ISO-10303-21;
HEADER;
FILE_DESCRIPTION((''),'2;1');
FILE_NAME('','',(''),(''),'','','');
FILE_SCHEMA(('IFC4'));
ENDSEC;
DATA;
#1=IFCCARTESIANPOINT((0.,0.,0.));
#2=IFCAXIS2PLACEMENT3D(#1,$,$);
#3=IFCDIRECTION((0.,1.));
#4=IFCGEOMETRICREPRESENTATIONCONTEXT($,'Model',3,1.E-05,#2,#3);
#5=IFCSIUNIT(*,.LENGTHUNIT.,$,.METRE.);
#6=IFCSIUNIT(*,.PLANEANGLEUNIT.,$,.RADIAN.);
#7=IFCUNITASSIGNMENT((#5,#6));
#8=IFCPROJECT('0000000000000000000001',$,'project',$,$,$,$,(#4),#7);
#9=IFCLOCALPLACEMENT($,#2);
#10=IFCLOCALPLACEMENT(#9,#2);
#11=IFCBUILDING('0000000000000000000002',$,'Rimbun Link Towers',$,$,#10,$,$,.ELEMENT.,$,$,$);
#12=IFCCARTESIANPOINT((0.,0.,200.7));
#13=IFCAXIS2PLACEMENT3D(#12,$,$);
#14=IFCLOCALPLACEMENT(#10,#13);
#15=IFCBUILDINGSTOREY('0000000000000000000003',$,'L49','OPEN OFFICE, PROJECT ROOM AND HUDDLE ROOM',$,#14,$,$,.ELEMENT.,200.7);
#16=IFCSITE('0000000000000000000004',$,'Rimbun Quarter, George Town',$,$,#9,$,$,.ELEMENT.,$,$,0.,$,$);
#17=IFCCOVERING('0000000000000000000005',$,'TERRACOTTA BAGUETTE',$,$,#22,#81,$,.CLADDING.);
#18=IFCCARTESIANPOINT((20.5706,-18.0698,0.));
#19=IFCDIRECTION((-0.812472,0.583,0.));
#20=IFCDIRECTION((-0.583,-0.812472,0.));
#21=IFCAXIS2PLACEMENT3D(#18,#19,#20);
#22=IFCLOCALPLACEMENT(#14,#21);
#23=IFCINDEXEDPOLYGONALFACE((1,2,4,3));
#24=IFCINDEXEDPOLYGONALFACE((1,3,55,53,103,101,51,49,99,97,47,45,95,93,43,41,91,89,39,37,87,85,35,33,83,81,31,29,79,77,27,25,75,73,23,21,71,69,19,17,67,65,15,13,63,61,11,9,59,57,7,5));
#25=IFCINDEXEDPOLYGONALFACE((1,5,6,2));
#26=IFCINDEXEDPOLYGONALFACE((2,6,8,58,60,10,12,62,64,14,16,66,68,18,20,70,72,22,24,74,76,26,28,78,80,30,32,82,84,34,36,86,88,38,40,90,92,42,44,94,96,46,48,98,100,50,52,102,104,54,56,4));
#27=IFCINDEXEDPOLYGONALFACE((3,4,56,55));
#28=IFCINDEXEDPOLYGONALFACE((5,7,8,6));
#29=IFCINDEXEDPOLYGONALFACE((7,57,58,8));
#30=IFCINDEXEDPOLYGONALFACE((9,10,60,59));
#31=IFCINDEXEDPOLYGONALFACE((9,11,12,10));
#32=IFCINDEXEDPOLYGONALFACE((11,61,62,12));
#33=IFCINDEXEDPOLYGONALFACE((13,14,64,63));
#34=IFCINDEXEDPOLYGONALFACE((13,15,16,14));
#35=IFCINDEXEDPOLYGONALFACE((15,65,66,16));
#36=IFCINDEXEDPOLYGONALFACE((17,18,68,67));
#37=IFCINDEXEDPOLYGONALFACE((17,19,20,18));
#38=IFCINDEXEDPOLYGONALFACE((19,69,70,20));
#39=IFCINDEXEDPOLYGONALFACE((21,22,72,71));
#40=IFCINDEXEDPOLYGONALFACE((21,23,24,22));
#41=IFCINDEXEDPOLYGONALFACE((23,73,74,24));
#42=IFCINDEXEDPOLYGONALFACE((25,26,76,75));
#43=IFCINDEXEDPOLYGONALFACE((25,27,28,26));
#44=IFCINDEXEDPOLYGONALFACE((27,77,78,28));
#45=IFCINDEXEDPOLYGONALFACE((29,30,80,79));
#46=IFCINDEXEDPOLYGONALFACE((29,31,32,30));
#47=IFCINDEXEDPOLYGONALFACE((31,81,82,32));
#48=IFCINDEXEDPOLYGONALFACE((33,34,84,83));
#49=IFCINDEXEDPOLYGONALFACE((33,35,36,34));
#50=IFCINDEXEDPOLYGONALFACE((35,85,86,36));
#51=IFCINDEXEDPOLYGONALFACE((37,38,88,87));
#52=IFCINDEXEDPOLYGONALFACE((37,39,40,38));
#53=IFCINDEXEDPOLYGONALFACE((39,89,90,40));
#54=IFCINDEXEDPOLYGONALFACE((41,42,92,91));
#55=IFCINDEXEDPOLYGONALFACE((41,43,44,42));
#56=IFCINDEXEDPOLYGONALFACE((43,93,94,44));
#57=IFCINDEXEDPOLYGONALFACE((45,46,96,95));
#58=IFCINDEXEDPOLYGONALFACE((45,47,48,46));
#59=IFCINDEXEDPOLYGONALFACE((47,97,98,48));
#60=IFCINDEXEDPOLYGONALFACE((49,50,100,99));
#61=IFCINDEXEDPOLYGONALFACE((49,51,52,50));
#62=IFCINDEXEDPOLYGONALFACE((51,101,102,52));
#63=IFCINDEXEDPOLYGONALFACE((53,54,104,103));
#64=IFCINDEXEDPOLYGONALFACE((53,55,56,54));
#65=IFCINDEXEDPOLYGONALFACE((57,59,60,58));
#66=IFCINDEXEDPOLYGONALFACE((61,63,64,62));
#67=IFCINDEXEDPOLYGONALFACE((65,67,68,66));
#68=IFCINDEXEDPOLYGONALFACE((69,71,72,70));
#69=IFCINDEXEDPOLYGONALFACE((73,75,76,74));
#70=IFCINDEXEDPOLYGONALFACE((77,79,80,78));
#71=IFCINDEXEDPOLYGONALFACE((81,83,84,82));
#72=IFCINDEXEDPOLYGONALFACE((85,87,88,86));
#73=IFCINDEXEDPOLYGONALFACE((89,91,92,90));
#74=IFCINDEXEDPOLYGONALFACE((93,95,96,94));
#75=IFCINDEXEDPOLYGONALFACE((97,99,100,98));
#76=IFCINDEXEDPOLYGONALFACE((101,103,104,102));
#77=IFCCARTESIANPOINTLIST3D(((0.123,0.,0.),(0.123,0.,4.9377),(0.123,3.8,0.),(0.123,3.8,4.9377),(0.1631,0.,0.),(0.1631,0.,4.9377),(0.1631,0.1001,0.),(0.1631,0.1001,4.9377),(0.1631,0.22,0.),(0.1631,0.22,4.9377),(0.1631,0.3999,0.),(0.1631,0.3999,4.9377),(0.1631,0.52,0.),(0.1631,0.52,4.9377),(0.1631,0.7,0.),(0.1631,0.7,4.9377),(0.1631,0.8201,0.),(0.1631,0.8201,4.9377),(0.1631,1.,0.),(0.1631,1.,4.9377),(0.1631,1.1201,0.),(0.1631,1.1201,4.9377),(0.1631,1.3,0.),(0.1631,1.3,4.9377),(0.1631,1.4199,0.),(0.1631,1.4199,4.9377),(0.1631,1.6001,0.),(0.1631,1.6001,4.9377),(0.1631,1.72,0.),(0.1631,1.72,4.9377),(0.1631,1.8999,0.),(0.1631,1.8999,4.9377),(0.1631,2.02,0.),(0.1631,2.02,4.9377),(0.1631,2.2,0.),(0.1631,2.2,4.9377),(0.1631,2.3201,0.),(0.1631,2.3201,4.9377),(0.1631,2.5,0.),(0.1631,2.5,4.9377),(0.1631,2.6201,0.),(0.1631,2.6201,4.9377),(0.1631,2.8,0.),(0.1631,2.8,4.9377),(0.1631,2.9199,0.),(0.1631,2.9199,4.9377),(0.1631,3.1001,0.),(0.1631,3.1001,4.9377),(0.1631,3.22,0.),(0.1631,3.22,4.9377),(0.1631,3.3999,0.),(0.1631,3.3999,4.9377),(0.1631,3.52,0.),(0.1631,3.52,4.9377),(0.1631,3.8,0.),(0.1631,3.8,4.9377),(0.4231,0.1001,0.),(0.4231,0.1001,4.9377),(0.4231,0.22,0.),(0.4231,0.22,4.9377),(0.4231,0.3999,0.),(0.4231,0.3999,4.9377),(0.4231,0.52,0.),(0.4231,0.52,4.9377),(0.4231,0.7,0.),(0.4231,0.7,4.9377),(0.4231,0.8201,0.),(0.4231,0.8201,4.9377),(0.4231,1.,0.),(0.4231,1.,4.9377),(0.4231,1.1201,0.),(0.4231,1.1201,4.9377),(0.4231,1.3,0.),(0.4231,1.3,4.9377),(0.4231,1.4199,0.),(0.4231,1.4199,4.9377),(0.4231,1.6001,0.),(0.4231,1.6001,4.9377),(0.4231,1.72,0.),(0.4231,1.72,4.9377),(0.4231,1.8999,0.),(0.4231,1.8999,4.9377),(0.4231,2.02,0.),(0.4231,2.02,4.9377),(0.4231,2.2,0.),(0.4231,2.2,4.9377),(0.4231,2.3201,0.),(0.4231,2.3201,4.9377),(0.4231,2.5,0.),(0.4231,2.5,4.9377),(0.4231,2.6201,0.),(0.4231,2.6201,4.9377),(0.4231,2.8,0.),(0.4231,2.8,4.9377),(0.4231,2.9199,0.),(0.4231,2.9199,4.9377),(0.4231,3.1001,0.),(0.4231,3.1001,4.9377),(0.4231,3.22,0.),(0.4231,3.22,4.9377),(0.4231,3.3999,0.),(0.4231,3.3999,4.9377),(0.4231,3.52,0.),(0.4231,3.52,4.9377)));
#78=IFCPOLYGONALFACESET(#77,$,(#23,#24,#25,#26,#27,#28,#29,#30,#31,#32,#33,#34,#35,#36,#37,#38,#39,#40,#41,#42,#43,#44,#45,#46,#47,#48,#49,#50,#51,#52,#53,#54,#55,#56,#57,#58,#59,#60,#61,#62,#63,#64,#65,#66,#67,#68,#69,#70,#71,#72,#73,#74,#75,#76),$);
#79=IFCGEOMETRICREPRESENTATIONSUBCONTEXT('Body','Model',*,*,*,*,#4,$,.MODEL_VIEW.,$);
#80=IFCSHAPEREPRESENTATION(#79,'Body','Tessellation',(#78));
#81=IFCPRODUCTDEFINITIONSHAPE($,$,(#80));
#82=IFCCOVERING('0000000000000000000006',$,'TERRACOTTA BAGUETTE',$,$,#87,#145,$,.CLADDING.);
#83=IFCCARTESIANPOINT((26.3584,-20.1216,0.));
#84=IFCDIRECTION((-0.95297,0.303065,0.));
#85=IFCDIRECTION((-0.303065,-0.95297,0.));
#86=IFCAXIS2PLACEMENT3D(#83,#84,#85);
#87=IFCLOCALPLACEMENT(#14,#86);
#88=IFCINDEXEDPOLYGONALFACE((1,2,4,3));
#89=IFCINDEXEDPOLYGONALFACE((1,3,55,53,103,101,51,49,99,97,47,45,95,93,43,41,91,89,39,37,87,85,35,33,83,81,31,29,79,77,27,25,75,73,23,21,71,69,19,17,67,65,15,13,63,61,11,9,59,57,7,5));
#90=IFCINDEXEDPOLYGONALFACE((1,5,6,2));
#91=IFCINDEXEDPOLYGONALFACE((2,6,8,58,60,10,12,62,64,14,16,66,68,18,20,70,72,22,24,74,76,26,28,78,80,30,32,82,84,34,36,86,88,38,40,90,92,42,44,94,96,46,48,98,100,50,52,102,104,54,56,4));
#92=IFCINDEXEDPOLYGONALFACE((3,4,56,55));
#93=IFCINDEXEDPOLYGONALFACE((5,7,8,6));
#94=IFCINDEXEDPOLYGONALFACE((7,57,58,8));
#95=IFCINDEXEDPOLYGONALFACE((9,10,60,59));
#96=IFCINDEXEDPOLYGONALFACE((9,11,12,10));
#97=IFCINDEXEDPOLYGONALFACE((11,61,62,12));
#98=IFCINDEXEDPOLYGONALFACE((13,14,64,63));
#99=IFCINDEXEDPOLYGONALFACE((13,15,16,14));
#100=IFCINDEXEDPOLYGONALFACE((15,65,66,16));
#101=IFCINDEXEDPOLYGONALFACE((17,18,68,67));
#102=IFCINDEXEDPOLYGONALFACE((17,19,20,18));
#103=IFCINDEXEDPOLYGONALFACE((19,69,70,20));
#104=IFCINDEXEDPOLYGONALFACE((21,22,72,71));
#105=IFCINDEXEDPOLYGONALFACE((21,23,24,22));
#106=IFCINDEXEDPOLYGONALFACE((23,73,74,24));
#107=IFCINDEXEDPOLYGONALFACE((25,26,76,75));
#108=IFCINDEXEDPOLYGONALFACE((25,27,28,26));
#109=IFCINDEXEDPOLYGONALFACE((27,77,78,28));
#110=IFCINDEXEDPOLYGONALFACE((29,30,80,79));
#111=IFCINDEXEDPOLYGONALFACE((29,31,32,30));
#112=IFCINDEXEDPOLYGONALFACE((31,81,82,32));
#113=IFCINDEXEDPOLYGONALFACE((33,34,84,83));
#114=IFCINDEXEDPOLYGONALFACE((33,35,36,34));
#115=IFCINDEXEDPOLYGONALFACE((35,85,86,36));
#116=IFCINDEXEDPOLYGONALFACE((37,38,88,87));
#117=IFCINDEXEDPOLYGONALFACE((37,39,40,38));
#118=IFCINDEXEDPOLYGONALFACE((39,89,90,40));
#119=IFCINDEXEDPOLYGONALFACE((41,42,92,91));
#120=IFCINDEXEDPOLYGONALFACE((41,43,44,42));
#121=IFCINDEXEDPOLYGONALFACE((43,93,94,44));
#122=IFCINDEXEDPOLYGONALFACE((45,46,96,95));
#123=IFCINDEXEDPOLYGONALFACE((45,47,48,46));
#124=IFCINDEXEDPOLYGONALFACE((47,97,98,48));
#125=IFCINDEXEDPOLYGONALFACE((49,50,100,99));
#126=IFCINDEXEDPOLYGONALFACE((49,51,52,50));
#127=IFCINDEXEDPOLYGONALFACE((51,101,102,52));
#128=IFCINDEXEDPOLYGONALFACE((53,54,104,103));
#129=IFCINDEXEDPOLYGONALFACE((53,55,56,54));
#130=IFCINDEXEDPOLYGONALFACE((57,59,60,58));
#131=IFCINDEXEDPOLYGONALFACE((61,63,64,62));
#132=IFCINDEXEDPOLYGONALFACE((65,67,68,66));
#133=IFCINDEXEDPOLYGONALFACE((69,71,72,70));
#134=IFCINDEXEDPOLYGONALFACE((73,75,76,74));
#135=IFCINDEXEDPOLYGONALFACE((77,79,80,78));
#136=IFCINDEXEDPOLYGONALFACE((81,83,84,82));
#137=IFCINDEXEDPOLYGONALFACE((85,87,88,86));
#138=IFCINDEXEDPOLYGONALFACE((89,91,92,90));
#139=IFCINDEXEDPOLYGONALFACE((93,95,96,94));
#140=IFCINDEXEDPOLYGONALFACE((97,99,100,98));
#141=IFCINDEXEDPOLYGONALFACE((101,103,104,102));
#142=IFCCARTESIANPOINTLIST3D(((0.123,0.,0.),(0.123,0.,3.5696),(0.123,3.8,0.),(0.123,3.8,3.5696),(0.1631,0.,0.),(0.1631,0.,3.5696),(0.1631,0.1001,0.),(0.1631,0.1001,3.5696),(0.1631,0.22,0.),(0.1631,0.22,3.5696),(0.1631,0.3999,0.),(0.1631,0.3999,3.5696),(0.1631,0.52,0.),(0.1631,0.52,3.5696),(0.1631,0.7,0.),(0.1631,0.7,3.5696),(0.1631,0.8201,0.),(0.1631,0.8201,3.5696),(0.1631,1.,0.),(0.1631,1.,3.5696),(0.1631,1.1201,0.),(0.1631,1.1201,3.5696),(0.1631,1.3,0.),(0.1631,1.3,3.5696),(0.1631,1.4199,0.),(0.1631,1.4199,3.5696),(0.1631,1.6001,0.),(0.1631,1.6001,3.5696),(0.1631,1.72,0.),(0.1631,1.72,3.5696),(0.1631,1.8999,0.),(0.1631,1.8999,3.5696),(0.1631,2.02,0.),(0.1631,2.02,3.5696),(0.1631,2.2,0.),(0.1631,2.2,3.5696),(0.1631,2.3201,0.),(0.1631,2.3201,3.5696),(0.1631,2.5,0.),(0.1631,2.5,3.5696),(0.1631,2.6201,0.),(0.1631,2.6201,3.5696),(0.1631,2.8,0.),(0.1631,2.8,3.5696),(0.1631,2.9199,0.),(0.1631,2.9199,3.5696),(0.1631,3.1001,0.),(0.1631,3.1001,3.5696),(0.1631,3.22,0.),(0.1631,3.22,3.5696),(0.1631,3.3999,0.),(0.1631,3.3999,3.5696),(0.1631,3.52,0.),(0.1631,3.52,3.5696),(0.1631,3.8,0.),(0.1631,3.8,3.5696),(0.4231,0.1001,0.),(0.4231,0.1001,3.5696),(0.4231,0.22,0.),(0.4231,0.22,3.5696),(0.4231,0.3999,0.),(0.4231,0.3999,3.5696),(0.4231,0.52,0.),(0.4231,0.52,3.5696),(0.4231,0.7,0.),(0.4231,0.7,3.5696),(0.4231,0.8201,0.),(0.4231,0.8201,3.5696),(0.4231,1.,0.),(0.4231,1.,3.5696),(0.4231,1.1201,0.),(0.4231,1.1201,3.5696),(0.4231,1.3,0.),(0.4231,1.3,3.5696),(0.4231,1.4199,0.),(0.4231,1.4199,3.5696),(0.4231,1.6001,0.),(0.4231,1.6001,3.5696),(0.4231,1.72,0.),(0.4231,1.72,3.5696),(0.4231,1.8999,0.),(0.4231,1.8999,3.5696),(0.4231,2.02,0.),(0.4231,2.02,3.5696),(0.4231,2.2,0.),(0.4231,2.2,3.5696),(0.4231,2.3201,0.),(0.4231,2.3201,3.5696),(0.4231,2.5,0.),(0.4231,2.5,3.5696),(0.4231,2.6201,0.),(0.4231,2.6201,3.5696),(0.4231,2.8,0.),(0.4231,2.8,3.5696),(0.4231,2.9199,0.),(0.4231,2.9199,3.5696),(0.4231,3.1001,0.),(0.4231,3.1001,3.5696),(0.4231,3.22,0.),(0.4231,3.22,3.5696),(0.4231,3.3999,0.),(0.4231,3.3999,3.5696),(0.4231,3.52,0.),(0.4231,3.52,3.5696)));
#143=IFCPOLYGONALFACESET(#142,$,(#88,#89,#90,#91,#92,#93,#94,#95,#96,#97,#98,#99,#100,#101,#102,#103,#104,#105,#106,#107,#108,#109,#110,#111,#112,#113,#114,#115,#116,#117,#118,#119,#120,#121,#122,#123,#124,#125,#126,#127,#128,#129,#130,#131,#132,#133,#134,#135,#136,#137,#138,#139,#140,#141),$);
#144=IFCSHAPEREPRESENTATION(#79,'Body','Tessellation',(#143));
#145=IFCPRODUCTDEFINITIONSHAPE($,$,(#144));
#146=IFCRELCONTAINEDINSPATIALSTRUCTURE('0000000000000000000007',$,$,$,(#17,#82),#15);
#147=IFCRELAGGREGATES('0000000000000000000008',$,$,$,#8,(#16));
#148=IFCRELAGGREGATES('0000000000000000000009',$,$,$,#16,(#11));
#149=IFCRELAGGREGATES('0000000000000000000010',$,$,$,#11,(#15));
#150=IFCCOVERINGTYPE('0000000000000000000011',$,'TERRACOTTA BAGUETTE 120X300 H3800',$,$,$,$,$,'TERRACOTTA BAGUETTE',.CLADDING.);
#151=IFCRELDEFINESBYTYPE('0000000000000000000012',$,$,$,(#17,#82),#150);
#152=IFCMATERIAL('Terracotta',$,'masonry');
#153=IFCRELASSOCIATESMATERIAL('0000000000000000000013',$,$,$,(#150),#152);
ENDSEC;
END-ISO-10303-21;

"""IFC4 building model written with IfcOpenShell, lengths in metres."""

from ifc_helpers import new_model, si_unit, direction, frame, origin, place, context, subcontext, project, spatial, polyline, outline, extrude, material, material_profile, profile_set, type_object, element, save


model = new_model("IFC4")

# Units and contexts
model_context = context("Model", 3, precision=1e-05, world=origin(), true_north=direction((0.0, 1.0)))
body_context = subcontext(model_context, "Body", "Model", "MODEL_VIEW")
ifc_project = project(units=[si_unit("LENGTHUNIT", "METRE"), si_unit("PLANEANGLEUNIT", "RADIAN")], contexts=[model_context])

# Site, building, storey
site_placement = place(None, origin())
site = spatial("IfcSite", under=ifc_project, at=site_placement, Name="Rimbun Quarter, George Town", CompositionType="ELEMENT", RefElevation=0.0)
building_placement = place(site_placement, origin())
building = spatial("IfcBuilding", under=site, at=building_placement, Name="Rimbun Link Towers", CompositionType="ELEMENT")
storey_placement = place(building_placement, frame((0.0, 0.0, 200.7)))
storey = spatial("IfcBuildingStorey", under=building, at=storey_placement, Name="L49", Description="OPEN OFFICE, PROJECT ROOM AND HUDDLE ROOM", CompositionType="ELEMENT", Elevation=200.7)

# Coverings
ifc_material_1 = material(Name="Terracotta", Category="masonry")
ifc_material_profile_1 = material_profile(ifc_material_1, outline(polyline([(0.123, 0.0), (0.1631, 0.0), (0.1631, 0.1001), (0.4231, 0.1001), (0.4231, 0.22), (0.1631, 0.22), (0.1631, 0.3999), (0.4231, 0.3999), (0.4231, 0.52), (0.1631, 0.52), (0.1631, 0.7), (0.4231, 0.7), (0.4231, 0.8201), (0.1631, 0.8201), (0.1631, 1.0), (0.4231, 1.0), (0.4231, 1.1201), (0.1631, 1.1201), (0.1631, 1.3), (0.4231, 1.3), (0.4231, 1.4199), (0.1631, 1.4199), (0.1631, 1.6001), (0.4231, 1.6001), (0.4231, 1.72), (0.1631, 1.72), (0.1631, 1.8999), (0.4231, 1.8999), (0.4231, 2.02), (0.1631, 2.02), (0.1631, 2.2), (0.4231, 2.2), (0.4231, 2.3201), (0.1631, 2.3201), (0.1631, 2.5), (0.4231, 2.5), (0.4231, 2.6201), (0.1631, 2.6201), (0.1631, 2.8), (0.4231, 2.8), (0.4231, 2.9199), (0.1631, 2.9199), (0.1631, 3.1001), (0.4231, 3.1001), (0.4231, 3.22), (0.1631, 3.22), (0.1631, 3.3999), (0.4231, 3.3999), (0.4231, 3.52), (0.1631, 3.52), (0.1631, 3.8), (0.123, 3.8), (0.123, 0.0)])), Name="BAGUETTE 120X300")
ifc_profile_set_1 = profile_set([ifc_material_profile_1], Name="Terracotta")
covering_type = type_object("IfcCoveringType", Name="TERRACOTTA BAGUETTE 120X300 H3800", ElementType="TERRACOTTA BAGUETTE", PredefinedType="CLADDING", material=ifc_profile_set_1)
covering_1_placement = place(storey_placement, frame((20.5706, -18.0698, 0.0), z_axis=(-0.812472, 0.583, 0.0), x_axis=(-0.583, -0.812472, 0.0)))
element("IfcCovering", 1, at=covering_1_placement, inside=storey, type_object=covering_type, Name="TERRACOTTA BAGUETTE", PredefinedType="CLADDING", context=body_context, shape_type="SweptSolid", body=[
    extrude(outline(polyline([(0.123, 0.0), (0.1631, 0.0), (0.1631, 0.1001), (0.4231, 0.1001), (0.4231, 0.22), (0.1631, 0.22), (0.1631, 0.3999), (0.4231, 0.3999), (0.4231, 0.52), (0.1631, 0.52), (0.1631, 0.7), (0.4231, 0.7), (0.4231, 0.8201), (0.1631, 0.8201), (0.1631, 1.0), (0.4231, 1.0), (0.4231, 1.1201), (0.1631, 1.1201), (0.1631, 1.3), (0.4231, 1.3), (0.4231, 1.4199), (0.1631, 1.4199), (0.1631, 1.6001), (0.4231, 1.6001), (0.4231, 1.72), (0.1631, 1.72), (0.1631, 1.8999), (0.4231, 1.8999), (0.4231, 2.02), (0.1631, 2.02), (0.1631, 2.2), (0.4231, 2.2), (0.4231, 2.3201), (0.1631, 2.3201), (0.1631, 2.5), (0.4231, 2.5), (0.4231, 2.6201), (0.1631, 2.6201), (0.1631, 2.8), (0.4231, 2.8), (0.4231, 2.9199), (0.1631, 2.9199), (0.1631, 3.1001), (0.4231, 3.1001), (0.4231, 3.22), (0.1631, 3.22), (0.1631, 3.3999), (0.4231, 3.3999), (0.4231, 3.52), (0.1631, 3.52), (0.1631, 3.8), (0.123, 3.8), (0.123, 0.0)])), origin(), (0.0, 0.0, 1.0), 4.9377),
])
covering_2_placement = place(storey_placement, frame((26.3584, -20.1216, 0.0), z_axis=(-0.95297, 0.303065, 0.0), x_axis=(-0.303065, -0.95297, 0.0)))
element("IfcCovering", 2, at=covering_2_placement, inside=storey, type_object=covering_type, Name="TERRACOTTA BAGUETTE", PredefinedType="CLADDING", context=body_context, shape_type="SweptSolid", body=[
    extrude(outline(polyline([(0.123, 0.0), (0.1631, 0.0), (0.1631, 0.1001), (0.4231, 0.1001), (0.4231, 0.22), (0.1631, 0.22), (0.1631, 0.3999), (0.4231, 0.3999), (0.4231, 0.52), (0.1631, 0.52), (0.1631, 0.7), (0.4231, 0.7), (0.4231, 0.8201), (0.1631, 0.8201), (0.1631, 1.0), (0.4231, 1.0), (0.4231, 1.1201), (0.1631, 1.1201), (0.1631, 1.3), (0.4231, 1.3), (0.4231, 1.4199), (0.1631, 1.4199), (0.1631, 1.6001), (0.4231, 1.6001), (0.4231, 1.72), (0.1631, 1.72), (0.1631, 1.8999), (0.4231, 1.8999), (0.4231, 2.02), (0.1631, 2.02), (0.1631, 2.2), (0.4231, 2.2), (0.4231, 2.3201), (0.1631, 2.3201), (0.1631, 2.5), (0.4231, 2.5), (0.4231, 2.6201), (0.1631, 2.6201), (0.1631, 2.8), (0.4231, 2.8), (0.4231, 2.9199), (0.1631, 2.9199), (0.1631, 3.1001), (0.4231, 3.1001), (0.4231, 3.22), (0.1631, 3.22), (0.1631, 3.3999), (0.4231, 3.3999), (0.4231, 3.52), (0.1631, 3.52), (0.1631, 3.8), (0.123, 3.8), (0.123, 0.0)])), origin(), (0.0, 0.0, 1.0), 3.5696),
])

save(model, "model.ifc")
